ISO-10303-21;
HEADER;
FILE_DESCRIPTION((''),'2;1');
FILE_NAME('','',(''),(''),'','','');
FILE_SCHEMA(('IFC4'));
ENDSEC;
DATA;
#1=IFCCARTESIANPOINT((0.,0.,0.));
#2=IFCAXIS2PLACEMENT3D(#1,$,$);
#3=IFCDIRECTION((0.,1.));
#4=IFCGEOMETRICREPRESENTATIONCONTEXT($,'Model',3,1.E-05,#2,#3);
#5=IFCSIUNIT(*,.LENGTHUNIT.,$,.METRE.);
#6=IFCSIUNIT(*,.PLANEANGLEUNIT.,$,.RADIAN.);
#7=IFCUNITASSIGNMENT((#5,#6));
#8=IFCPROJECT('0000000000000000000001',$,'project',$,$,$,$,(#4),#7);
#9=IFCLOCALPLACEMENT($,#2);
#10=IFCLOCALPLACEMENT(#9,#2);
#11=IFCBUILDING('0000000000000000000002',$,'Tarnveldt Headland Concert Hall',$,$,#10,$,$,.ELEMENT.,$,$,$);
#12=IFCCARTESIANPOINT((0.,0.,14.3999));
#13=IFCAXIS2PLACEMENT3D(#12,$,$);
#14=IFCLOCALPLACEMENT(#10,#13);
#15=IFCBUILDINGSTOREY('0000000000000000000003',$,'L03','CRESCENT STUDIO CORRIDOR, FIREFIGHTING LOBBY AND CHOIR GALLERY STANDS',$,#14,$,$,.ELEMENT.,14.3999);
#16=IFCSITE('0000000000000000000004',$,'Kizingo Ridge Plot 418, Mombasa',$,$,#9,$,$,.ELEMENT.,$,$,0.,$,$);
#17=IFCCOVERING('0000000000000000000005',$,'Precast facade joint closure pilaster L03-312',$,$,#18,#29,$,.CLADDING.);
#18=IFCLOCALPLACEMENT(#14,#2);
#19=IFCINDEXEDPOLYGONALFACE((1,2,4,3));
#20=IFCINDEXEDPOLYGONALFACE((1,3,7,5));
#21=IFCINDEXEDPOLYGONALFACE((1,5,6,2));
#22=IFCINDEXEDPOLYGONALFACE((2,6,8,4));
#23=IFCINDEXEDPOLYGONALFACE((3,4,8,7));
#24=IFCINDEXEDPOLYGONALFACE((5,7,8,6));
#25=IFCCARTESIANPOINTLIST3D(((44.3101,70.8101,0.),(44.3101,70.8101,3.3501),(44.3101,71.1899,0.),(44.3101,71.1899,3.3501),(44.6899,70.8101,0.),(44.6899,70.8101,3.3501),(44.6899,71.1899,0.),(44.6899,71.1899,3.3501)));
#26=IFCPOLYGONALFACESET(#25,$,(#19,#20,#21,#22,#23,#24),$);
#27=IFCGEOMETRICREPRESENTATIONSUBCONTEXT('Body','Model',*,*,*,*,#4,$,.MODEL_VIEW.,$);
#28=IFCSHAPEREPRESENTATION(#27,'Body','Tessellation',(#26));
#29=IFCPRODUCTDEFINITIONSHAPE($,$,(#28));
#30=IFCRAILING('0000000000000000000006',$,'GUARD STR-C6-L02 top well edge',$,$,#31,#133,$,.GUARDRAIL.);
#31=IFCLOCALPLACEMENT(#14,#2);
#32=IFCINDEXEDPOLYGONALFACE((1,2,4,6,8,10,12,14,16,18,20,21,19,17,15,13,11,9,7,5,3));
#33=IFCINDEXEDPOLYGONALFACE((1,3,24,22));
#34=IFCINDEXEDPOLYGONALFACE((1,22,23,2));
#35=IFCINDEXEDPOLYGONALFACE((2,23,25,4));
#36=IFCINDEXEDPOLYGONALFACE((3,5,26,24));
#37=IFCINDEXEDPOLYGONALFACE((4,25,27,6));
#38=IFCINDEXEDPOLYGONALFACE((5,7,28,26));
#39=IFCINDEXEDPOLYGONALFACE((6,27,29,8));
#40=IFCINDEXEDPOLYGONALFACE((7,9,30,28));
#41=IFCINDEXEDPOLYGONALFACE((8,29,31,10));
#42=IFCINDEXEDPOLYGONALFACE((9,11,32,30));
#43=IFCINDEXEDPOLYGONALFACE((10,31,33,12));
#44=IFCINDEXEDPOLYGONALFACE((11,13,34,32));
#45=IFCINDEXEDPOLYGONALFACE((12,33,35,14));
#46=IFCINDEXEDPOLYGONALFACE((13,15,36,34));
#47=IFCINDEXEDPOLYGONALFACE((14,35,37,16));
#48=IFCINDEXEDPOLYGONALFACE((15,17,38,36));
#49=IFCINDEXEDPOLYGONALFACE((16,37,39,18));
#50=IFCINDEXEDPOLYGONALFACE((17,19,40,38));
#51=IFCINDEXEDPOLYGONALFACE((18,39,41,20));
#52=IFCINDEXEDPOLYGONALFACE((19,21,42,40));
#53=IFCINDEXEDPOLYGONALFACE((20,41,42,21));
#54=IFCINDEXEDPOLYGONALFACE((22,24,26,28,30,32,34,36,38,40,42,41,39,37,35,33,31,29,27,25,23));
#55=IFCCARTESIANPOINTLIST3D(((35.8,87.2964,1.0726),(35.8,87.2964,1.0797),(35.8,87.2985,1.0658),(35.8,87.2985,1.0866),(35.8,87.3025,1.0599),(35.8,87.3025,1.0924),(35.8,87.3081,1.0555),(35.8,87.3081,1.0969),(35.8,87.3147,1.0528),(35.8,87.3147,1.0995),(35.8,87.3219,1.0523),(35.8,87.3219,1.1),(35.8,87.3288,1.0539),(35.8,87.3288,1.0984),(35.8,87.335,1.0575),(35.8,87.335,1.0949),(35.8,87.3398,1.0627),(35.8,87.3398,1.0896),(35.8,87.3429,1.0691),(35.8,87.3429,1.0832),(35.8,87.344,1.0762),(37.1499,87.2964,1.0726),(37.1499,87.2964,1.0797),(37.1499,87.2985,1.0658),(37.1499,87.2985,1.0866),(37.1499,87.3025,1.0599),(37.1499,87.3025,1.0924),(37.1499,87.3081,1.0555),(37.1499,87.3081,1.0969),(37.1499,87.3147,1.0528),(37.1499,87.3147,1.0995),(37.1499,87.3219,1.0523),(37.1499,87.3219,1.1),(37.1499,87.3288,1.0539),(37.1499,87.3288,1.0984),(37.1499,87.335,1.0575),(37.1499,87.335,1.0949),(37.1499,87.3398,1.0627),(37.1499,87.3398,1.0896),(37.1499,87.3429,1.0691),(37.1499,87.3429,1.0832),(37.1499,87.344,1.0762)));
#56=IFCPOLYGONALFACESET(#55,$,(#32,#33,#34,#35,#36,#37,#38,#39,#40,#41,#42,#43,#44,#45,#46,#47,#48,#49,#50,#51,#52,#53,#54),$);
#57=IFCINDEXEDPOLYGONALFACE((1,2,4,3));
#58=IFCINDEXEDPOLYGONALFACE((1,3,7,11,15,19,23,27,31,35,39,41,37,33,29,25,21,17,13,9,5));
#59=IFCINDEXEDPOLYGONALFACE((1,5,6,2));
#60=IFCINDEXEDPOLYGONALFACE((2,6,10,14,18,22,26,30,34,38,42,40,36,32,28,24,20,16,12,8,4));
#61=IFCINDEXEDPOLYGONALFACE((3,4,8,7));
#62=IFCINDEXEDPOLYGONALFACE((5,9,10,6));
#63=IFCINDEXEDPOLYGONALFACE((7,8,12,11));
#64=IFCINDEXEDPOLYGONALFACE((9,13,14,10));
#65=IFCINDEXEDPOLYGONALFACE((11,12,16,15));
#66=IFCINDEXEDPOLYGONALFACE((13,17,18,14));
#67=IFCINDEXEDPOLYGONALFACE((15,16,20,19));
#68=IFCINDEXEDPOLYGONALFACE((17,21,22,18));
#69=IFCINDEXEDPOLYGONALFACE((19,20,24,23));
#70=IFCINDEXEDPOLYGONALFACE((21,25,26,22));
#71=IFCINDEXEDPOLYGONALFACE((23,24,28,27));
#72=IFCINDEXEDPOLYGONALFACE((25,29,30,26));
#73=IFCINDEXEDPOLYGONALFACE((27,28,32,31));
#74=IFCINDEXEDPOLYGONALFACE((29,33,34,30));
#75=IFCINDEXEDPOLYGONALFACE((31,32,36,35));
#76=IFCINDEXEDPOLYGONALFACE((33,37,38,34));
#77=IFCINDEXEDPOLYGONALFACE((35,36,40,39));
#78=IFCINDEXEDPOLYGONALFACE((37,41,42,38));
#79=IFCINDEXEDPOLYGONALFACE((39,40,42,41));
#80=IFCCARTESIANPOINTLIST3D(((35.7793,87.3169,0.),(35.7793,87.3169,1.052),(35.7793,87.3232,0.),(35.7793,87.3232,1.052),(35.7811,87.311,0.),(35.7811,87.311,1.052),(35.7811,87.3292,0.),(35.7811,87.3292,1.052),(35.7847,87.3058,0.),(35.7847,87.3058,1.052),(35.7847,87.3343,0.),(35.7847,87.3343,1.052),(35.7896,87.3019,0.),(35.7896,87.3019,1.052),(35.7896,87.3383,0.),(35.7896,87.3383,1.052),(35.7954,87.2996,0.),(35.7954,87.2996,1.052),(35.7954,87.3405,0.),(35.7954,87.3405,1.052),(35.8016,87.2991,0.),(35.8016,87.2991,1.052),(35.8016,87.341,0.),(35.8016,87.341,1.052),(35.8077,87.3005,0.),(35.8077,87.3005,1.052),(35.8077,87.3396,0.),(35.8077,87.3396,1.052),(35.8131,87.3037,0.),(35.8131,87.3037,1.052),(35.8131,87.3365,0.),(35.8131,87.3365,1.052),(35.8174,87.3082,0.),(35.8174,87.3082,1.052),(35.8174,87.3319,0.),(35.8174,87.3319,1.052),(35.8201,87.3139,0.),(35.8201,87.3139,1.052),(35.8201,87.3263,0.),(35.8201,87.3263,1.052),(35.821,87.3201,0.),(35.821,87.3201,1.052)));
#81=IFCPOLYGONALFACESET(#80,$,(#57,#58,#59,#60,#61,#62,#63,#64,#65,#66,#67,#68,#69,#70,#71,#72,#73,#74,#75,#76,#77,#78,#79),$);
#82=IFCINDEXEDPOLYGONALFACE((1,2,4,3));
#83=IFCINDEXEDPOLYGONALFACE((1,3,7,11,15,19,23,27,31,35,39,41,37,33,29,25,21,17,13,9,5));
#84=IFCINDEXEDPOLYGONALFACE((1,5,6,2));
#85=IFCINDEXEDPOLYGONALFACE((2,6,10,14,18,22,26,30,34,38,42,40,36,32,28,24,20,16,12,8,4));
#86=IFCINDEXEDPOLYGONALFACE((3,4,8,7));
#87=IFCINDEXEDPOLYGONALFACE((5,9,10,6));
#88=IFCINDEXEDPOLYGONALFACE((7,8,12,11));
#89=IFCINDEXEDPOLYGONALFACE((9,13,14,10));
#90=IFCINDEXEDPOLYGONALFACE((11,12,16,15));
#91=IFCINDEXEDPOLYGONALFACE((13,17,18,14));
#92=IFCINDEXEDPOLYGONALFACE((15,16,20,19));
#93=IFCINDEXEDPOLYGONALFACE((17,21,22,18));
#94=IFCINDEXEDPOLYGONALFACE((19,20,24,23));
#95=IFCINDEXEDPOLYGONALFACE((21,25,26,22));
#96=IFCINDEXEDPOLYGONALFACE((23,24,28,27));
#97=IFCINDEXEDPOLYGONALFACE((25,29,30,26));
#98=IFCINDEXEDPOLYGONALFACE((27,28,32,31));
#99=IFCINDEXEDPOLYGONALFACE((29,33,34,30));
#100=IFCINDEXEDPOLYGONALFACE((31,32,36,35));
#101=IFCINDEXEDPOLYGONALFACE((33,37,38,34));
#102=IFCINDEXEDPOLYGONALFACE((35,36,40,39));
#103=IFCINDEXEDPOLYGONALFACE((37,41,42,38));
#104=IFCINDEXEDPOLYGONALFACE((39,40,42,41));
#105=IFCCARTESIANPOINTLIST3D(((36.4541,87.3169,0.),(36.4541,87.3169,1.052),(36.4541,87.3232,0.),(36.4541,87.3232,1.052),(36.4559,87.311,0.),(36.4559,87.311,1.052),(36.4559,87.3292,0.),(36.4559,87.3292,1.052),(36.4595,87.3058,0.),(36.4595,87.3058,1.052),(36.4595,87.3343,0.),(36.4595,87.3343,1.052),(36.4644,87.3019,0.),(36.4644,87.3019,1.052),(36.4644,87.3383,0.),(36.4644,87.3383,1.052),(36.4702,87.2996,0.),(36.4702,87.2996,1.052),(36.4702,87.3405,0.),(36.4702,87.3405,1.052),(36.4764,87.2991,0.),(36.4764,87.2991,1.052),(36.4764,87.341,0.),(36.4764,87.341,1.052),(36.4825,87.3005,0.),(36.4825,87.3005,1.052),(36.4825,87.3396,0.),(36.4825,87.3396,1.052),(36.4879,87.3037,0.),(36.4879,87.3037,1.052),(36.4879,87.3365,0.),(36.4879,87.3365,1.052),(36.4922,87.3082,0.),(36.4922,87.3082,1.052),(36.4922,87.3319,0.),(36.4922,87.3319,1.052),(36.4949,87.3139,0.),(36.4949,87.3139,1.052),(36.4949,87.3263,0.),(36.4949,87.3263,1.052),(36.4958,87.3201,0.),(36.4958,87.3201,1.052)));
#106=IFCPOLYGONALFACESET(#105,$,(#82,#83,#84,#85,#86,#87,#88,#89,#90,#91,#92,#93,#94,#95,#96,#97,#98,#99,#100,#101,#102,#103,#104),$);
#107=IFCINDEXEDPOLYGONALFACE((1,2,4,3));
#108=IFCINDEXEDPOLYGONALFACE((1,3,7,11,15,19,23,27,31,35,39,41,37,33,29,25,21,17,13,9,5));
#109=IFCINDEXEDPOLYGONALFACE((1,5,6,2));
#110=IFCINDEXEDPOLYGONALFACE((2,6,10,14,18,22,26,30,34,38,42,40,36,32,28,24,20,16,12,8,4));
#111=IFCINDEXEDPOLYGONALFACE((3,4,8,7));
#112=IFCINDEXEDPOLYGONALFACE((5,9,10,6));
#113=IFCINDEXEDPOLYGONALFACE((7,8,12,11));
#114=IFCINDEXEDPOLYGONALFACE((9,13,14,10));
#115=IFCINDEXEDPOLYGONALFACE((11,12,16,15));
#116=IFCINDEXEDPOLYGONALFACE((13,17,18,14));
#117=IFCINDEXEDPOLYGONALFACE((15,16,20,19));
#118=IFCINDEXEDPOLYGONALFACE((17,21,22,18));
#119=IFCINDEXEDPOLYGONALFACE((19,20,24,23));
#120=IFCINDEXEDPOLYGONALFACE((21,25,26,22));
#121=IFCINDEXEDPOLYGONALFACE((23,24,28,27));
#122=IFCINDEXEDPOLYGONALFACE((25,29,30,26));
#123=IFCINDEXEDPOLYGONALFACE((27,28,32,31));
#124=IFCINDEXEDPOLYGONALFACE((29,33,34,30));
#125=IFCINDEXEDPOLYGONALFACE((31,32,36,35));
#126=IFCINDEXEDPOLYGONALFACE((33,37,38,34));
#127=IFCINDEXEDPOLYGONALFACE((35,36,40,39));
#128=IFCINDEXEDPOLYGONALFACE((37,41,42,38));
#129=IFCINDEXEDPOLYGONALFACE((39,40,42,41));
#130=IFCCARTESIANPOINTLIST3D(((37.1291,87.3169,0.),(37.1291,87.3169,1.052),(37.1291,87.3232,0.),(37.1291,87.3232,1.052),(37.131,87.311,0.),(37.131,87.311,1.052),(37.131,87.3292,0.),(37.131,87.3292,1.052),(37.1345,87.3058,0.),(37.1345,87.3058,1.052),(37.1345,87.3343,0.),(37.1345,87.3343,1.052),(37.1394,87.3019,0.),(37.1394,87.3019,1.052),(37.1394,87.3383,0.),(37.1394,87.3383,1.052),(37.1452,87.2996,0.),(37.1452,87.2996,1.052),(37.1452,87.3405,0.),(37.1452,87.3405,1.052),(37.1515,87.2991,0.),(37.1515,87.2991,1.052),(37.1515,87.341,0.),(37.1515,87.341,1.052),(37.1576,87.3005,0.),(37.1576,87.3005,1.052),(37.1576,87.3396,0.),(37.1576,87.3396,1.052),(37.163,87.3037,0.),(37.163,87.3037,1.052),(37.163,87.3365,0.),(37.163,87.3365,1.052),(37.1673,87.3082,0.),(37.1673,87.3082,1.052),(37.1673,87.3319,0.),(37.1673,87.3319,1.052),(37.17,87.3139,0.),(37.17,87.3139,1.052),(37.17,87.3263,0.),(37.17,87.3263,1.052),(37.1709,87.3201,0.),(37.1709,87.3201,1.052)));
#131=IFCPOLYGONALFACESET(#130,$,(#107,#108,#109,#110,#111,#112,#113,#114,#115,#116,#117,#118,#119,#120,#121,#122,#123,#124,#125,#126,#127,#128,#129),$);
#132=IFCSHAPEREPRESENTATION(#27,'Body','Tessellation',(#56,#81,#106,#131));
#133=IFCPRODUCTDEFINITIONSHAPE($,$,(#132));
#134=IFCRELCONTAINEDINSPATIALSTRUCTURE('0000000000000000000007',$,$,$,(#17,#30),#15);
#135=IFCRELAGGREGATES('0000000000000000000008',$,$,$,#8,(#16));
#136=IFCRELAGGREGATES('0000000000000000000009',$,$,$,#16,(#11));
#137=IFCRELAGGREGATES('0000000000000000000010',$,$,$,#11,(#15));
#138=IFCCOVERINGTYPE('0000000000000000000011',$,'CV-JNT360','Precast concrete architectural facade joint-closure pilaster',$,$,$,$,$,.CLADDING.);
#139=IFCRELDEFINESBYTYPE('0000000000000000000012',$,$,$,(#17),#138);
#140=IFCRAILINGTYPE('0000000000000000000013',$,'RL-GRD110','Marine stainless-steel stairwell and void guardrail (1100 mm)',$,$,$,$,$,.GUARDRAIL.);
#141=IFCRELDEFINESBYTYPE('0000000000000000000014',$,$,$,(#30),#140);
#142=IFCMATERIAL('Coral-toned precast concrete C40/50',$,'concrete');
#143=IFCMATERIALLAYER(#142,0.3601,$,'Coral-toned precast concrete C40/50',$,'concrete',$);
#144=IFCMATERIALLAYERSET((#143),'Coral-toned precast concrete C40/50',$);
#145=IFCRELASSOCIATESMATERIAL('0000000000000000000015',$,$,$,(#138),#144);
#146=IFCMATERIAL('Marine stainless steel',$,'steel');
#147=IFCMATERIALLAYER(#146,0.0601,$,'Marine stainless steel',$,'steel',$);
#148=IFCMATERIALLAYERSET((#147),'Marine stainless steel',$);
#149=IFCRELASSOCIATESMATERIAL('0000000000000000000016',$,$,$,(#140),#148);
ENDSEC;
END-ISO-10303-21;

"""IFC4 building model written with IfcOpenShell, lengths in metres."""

from ifc_helpers import new_model, si_unit, direction, frame, origin, origin_2d, place, context, subcontext, project, spatial, rectangle, circle, extrude, material, layer, layer_set, type_object, element, save


model = new_model("IFC4")

# Units and contexts
model_context = context("Model", 3, precision=1e-05, world=origin(), true_north=direction((0.0, 1.0)))
body_context = subcontext(model_context, "Body", "Model", "MODEL_VIEW")
ifc_project = project(units=[si_unit("LENGTHUNIT", "METRE"), si_unit("PLANEANGLEUNIT", "RADIAN")], contexts=[model_context])

# Site, building, storey
site_placement = place(None, origin())
site = spatial("IfcSite", under=ifc_project, at=site_placement, Name="Kizingo Ridge Plot 418, Mombasa", CompositionType="ELEMENT", RefElevation=0.0)
building_placement = place(site_placement, origin())
building = spatial("IfcBuilding", under=site, at=building_placement, Name="Tarnveldt Headland Concert Hall", CompositionType="ELEMENT")
storey_placement = place(building_placement, frame((0.0, 0.0, 14.3999)))
storey = spatial("IfcBuildingStorey", under=building, at=storey_placement, Name="L03", Description="CRESCENT STUDIO CORRIDOR, FIREFIGHTING LOBBY AND CHOIR GALLERY STANDS", CompositionType="ELEMENT", Elevation=14.3999)

# Covering
ifc_material_1 = material(Name="Coral-toned precast concrete C40/50", Category="concrete")
ifc_layer_1 = layer(ifc_material_1, 0.3601, Name="Coral-toned precast concrete C40/50", Category="concrete")
ifc_layer_set_1 = layer_set([ifc_layer_1], Name="Coral-toned precast concrete C40/50")
covering_type = type_object("IfcCoveringType", Name="CV-JNT360", Description="Precast concrete architectural facade joint-closure pilaster", PredefinedType="CLADDING", material=ifc_layer_set_1)
covering_placement = place(storey_placement, frame((44.5, 71.0, 0.0), z_axis=(0.0, 0.0, 1.0), x_axis=(0.0, -1.0, 0.0)))
element("IfcCovering", 1, at=covering_placement, inside=storey, type_object=covering_type, Name="Precast facade joint closure pilaster L03-312", PredefinedType="CLADDING", context=body_context, shape_type="SweptSolid", body=[
    extrude(rectangle(XDim=0.3799, YDim=0.3799, at=origin_2d()), origin(), (0.0, 0.0, 1.0), 3.3501),
])

# Railing
ifc_material_2 = material(Name="Marine stainless steel", Category="steel")
ifc_layer_2 = layer(ifc_material_2, 0.0601, Name="Marine stainless steel", Category="steel")
ifc_layer_set_2 = layer_set([ifc_layer_2], Name="Marine stainless steel")
railing_type = type_object("IfcRailingType", Name="RL-GRD110", Description="Marine stainless-steel stairwell and void guardrail (1100 mm)", PredefinedType="GUARDRAIL", material=ifc_layer_set_2)
railing_placement = place(storey_placement, frame((35.8, 87.3201, 0.0)))
element("IfcRailing", 2, at=railing_placement, inside=storey, type_object=railing_type, Name="GUARD STR-C6-L02 top well edge", PredefinedType="GUARDRAIL", context=body_context, shape_type="SweptSolid", body=[
    extrude(circle(Radius=0.0239, at=origin_2d()), frame((0.0, 0.0, 1.0762), z_axis=(1.0, 0.0, 0.0), x_axis=(0.0, 1.0, 0.0)), (0.0, 0.0, 1.0), 1.3499),
    extrude(circle(Radius=0.021, at=origin_2d()), origin(), (0.0, 0.0, 1.0), 1.052),
    extrude(circle(Radius=0.021, at=origin_2d()), frame((0.6748, 0.0, 0.0)), (0.0, 0.0, 1.0), 1.052),
    extrude(circle(Radius=0.021, at=origin_2d()), frame((1.3499, 0.0, 0.0)), (0.0, 0.0, 1.0), 1.052),
])

save(model, "model.ifc")
